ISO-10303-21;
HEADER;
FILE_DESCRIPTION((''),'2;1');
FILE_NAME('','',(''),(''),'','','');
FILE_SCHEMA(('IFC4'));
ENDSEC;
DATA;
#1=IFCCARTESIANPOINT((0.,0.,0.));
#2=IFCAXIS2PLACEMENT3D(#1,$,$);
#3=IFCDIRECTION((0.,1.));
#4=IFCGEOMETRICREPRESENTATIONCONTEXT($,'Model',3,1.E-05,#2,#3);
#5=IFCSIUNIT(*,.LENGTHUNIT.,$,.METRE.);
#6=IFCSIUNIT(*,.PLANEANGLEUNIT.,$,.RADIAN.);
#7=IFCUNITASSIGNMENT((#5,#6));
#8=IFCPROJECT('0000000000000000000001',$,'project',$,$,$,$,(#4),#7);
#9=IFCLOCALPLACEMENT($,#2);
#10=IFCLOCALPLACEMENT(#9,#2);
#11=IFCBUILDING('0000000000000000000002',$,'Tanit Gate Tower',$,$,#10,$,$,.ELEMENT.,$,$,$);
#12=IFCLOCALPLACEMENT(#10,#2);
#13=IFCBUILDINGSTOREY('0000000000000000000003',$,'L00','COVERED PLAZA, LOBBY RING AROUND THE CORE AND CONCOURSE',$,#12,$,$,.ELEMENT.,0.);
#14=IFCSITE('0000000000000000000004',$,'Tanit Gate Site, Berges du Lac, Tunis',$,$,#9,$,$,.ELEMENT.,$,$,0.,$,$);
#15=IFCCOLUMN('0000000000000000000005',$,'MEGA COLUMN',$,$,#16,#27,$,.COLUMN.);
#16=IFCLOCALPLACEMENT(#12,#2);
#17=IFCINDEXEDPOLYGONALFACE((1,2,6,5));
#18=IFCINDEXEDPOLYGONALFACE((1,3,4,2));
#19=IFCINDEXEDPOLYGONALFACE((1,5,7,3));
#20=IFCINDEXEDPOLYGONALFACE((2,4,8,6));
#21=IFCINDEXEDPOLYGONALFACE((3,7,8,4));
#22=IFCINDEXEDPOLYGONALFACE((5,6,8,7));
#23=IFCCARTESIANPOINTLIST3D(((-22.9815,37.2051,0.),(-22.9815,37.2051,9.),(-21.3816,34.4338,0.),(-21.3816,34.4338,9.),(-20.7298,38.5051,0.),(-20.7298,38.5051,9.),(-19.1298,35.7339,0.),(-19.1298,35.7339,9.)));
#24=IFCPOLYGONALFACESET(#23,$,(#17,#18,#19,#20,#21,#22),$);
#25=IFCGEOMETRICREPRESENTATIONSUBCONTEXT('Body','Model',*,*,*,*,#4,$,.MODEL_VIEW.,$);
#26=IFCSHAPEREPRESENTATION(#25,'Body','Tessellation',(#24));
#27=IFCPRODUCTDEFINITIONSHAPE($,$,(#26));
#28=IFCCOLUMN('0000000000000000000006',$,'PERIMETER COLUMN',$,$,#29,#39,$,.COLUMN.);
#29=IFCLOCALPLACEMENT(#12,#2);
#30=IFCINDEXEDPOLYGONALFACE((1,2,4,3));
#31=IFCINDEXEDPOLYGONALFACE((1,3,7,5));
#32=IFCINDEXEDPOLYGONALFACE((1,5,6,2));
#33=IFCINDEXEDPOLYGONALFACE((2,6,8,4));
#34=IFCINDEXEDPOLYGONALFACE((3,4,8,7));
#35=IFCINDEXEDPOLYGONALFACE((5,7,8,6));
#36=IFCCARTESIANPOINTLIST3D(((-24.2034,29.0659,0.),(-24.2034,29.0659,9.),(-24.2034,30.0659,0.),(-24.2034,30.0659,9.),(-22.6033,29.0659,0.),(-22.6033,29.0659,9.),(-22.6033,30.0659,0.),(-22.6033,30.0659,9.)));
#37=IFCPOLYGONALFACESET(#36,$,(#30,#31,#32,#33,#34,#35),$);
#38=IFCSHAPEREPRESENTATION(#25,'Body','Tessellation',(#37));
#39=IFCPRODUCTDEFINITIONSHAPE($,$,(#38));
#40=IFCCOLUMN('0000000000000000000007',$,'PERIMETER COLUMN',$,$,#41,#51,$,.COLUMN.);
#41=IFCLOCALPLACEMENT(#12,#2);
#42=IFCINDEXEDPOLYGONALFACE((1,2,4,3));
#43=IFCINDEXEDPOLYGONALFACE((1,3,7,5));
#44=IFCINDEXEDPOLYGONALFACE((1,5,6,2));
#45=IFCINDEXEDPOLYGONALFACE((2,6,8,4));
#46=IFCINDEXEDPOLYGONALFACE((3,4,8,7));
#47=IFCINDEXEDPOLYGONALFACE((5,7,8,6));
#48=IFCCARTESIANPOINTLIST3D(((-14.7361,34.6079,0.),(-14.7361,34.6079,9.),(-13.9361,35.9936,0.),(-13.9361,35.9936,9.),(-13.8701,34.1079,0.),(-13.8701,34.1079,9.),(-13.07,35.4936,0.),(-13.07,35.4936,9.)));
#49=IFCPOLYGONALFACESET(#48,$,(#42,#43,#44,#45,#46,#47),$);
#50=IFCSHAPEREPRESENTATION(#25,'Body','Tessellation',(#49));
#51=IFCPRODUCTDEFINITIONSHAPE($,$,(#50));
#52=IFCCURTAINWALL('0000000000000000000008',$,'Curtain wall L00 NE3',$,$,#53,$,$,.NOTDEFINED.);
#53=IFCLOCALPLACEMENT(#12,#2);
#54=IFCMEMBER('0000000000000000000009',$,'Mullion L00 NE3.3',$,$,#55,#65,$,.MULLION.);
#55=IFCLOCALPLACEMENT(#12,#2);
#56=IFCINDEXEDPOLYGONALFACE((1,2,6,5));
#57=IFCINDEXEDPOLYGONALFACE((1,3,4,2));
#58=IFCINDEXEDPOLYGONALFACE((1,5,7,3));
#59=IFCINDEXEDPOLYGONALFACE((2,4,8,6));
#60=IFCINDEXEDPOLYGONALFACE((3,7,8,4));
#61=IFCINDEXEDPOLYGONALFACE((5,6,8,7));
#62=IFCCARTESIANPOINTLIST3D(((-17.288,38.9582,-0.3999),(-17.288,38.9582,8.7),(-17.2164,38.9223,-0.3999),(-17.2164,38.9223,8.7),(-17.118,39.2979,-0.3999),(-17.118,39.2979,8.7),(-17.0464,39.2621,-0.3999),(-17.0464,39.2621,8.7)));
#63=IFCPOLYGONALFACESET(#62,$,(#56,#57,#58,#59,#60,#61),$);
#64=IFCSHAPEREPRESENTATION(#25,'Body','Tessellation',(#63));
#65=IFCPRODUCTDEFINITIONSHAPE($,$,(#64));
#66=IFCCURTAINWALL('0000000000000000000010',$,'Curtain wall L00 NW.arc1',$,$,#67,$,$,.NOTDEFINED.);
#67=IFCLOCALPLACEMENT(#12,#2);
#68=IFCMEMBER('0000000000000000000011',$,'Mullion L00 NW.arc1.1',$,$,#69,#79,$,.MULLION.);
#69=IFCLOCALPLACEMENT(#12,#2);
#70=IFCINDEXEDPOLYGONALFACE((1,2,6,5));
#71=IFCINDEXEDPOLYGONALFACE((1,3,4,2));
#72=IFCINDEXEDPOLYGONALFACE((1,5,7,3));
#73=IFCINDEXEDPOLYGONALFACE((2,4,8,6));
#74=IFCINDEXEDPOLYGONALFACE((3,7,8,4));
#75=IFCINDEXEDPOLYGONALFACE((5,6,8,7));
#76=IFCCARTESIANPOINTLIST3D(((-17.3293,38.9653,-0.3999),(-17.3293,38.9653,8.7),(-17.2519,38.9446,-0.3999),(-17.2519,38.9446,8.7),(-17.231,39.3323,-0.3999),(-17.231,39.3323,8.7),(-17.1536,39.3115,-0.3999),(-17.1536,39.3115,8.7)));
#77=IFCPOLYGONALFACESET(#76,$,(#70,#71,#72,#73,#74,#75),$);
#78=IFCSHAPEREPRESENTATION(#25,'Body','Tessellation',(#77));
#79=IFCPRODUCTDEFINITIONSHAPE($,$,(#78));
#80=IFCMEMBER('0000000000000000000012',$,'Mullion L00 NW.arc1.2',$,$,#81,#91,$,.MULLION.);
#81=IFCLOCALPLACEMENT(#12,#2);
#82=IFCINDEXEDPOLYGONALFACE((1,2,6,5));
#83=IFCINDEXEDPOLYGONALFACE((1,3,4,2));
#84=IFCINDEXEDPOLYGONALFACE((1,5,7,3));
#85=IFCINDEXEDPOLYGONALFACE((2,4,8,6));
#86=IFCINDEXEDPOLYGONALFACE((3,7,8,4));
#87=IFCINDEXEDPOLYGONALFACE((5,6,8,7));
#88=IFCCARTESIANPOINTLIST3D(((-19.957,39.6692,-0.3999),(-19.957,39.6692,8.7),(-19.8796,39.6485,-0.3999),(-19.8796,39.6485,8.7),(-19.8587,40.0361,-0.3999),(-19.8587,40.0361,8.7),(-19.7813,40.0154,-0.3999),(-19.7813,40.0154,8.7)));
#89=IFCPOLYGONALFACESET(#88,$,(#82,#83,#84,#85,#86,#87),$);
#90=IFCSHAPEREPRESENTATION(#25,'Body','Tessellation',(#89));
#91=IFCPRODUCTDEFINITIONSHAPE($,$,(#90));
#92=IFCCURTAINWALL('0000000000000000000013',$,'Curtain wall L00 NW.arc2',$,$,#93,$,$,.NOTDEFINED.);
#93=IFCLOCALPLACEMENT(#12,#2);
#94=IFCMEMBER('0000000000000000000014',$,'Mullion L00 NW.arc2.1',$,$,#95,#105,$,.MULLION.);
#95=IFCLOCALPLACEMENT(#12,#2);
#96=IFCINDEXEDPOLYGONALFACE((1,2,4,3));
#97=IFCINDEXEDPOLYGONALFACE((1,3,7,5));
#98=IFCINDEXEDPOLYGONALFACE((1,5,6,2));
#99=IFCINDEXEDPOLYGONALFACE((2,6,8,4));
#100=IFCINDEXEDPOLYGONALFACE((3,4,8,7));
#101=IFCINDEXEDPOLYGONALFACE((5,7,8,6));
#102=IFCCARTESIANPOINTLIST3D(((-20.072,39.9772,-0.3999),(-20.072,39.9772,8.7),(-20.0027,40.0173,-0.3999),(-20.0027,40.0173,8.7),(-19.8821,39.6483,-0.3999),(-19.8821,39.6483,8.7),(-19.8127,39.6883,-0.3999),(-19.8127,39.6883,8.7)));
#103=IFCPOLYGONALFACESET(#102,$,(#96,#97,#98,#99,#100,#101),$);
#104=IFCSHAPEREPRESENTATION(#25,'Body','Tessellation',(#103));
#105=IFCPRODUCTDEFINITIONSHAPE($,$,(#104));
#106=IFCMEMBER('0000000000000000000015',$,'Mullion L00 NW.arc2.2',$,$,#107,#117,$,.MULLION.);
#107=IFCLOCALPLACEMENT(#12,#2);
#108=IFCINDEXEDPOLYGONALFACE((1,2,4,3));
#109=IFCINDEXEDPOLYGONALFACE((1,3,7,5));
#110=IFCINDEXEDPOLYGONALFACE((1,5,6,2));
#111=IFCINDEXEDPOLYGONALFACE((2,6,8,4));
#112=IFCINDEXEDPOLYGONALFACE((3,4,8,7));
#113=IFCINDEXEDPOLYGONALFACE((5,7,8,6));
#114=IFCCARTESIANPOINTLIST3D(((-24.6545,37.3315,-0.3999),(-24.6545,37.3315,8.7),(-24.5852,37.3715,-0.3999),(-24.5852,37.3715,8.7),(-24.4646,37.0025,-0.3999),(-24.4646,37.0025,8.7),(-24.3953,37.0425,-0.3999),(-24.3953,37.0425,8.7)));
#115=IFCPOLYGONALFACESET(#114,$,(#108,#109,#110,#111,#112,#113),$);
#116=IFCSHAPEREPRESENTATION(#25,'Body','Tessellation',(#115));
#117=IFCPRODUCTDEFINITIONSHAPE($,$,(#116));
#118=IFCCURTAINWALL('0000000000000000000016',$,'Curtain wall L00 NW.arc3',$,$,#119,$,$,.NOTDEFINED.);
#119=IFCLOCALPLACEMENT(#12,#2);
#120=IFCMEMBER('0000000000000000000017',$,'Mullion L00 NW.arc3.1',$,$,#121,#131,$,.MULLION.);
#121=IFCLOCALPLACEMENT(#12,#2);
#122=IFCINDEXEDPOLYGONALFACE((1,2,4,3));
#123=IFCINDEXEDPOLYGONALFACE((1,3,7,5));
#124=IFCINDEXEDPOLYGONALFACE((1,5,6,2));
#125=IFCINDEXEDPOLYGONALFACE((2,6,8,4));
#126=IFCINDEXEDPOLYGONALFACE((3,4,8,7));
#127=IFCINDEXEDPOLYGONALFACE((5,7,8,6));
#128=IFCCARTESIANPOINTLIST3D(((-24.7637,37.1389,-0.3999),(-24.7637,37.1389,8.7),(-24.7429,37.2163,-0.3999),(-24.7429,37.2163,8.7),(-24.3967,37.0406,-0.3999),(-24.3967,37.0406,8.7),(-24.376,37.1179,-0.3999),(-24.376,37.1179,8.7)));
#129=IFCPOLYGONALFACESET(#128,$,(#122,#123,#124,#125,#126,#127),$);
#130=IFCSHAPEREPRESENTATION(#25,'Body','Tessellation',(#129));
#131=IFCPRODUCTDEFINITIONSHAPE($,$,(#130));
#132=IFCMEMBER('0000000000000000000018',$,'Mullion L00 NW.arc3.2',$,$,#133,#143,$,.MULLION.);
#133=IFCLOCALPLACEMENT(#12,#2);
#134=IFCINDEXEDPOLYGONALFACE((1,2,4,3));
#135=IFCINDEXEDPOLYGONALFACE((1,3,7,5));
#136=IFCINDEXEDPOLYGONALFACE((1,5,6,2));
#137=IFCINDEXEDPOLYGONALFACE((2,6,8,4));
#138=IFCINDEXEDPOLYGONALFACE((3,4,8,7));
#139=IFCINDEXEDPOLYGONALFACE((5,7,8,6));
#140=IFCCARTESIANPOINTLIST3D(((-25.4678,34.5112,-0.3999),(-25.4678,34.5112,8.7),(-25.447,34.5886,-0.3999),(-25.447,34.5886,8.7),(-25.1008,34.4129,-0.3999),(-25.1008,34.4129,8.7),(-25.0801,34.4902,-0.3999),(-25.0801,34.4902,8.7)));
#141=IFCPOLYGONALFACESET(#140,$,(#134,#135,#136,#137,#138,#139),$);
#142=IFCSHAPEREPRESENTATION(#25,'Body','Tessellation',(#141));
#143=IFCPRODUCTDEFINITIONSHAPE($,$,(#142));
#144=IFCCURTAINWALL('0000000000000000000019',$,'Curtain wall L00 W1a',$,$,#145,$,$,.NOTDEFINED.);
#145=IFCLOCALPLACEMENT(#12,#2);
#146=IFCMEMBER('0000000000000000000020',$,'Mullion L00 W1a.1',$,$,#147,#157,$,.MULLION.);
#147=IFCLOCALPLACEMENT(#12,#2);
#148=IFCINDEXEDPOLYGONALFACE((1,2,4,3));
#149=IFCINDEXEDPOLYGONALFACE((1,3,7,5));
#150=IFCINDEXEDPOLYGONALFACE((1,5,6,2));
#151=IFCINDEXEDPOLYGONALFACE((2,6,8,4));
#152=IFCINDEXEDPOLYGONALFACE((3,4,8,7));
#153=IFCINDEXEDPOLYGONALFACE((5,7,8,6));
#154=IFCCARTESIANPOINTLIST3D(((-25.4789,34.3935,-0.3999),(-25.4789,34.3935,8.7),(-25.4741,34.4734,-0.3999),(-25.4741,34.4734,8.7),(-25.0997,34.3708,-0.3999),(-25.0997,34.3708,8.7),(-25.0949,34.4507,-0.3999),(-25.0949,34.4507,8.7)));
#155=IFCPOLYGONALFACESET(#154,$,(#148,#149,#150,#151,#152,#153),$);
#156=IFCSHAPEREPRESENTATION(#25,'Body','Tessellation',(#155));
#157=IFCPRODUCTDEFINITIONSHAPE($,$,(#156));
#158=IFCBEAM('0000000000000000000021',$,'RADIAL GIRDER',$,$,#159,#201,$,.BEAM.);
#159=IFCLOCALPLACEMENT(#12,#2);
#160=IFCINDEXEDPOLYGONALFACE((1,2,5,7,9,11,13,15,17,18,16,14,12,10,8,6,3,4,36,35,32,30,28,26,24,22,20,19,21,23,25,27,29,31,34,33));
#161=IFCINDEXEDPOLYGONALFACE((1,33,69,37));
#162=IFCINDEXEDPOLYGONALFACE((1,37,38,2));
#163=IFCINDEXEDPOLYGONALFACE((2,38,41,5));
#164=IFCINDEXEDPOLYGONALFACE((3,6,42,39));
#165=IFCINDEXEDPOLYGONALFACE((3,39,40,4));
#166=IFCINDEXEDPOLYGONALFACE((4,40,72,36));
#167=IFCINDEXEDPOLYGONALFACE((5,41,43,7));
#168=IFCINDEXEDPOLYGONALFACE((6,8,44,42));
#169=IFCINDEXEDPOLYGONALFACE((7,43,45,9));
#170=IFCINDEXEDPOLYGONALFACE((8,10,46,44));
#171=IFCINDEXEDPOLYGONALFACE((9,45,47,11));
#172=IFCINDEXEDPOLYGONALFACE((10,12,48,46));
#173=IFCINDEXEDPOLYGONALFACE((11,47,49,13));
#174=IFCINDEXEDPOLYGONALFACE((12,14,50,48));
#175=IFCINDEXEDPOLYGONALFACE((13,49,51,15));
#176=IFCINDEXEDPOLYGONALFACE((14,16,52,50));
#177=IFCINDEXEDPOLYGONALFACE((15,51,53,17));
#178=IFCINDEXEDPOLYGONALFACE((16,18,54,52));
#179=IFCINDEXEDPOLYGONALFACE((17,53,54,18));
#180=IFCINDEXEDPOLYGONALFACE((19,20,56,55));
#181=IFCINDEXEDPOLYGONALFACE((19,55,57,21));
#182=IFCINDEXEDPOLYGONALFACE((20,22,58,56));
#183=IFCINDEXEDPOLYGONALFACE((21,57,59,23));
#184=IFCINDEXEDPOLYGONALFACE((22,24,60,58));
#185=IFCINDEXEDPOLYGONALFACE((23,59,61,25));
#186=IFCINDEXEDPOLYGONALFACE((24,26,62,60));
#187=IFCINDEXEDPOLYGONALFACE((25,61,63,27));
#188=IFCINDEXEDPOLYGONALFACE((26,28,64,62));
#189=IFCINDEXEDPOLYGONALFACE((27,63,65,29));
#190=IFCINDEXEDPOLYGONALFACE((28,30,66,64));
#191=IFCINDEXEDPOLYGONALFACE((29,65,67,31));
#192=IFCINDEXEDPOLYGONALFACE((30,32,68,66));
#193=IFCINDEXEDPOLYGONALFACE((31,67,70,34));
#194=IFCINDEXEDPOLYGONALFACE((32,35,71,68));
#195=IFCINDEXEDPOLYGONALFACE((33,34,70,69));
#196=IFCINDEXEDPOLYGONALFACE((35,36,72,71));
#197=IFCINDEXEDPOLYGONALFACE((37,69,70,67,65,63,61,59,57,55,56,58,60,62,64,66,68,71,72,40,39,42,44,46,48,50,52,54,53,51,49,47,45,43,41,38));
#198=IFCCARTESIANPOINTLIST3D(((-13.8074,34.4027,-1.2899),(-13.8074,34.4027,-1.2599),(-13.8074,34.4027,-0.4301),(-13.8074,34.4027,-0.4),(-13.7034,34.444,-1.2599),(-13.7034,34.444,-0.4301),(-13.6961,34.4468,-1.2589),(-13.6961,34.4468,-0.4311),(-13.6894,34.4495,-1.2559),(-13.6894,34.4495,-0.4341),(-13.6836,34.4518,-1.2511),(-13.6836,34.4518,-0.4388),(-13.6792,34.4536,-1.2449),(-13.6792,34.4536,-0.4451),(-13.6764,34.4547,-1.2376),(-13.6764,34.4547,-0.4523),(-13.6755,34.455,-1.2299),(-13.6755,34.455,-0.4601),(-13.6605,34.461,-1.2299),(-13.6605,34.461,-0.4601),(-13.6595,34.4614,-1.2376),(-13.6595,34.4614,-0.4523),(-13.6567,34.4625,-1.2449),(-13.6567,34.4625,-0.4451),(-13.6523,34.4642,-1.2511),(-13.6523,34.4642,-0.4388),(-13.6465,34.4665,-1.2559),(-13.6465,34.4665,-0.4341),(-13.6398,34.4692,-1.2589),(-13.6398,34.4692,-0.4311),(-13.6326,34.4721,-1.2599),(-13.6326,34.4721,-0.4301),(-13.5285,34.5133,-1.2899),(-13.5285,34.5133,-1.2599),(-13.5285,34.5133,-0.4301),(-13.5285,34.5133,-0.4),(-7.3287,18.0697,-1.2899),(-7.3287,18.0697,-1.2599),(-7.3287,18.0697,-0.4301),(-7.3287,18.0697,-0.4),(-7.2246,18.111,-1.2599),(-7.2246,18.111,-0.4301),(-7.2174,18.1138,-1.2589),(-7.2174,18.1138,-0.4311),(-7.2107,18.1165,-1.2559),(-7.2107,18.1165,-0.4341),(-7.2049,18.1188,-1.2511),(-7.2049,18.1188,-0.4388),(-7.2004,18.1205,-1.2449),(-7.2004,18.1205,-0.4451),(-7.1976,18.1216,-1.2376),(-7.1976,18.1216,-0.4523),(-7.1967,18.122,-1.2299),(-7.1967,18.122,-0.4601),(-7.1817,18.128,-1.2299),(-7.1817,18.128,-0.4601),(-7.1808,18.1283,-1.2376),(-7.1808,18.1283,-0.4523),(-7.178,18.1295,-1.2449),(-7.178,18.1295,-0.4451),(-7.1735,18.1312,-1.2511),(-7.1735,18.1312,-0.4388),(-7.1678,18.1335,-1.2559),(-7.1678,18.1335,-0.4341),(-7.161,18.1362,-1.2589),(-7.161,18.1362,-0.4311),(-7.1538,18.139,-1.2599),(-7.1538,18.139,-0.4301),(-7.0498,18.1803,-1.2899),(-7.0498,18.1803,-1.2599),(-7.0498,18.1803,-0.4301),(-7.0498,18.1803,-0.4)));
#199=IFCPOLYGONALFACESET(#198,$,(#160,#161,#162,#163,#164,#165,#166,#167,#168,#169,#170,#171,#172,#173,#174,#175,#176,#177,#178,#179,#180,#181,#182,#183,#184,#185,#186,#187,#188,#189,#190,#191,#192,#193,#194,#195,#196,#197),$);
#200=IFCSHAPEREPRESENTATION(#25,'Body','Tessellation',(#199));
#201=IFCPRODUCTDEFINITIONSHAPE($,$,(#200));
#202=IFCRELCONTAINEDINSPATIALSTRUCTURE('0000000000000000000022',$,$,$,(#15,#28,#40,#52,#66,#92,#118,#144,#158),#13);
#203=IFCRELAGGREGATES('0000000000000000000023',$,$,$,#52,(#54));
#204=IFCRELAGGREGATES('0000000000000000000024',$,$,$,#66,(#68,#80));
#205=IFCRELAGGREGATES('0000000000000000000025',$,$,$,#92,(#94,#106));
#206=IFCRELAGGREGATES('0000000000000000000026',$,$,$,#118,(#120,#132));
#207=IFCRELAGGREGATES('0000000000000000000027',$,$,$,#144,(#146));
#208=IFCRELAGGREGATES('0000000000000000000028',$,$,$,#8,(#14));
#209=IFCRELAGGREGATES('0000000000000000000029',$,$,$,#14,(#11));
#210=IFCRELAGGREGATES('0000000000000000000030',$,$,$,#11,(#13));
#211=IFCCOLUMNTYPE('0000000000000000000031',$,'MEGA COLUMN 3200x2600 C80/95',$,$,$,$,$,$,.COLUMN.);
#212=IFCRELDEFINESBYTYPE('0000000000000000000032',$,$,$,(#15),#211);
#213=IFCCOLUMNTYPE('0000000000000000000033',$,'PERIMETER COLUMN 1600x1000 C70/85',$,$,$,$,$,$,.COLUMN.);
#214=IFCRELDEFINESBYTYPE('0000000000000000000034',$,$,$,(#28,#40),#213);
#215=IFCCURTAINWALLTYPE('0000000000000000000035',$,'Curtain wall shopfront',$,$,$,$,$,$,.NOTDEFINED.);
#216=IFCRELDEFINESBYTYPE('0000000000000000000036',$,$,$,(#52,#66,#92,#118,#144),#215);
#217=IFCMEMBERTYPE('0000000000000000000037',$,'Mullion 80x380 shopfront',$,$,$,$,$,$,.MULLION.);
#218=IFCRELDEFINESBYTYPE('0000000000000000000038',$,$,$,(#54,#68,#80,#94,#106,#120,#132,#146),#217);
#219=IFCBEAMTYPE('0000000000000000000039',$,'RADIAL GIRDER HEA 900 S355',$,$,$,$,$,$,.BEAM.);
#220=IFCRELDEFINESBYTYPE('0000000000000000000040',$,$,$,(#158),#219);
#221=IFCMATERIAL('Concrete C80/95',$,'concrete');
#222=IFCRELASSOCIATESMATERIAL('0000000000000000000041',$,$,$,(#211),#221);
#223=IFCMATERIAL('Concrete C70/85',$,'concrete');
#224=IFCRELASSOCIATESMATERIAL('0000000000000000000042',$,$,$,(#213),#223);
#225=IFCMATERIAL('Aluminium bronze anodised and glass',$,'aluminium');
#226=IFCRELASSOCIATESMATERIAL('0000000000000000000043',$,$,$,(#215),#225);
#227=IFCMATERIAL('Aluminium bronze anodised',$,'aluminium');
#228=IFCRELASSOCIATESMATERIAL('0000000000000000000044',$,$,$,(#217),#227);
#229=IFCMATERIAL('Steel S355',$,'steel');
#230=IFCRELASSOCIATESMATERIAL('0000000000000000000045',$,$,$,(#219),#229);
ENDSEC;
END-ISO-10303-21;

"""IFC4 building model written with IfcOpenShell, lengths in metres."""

from ifc_helpers import new_model, si_unit, direction, frame, origin, origin_2d, place, context, subcontext, project, spatial, rectangle, i_section, extrude, material, material_profile, profile_set, type_object, element, aggregate, save


model = new_model("IFC4")

# Units and contexts
model_context = context("Model", 3, precision=1e-05, world=origin(), true_north=direction((0.0, 1.0)))
body_context = subcontext(model_context, "Body", "Model", "MODEL_VIEW")
ifc_project = project(units=[si_unit("LENGTHUNIT", "METRE"), si_unit("PLANEANGLEUNIT", "RADIAN")], contexts=[model_context])

# Site, building, storey
site_placement = place(None, origin())
site = spatial("IfcSite", under=ifc_project, at=site_placement, Name="Tanit Gate Site, Berges du Lac, Tunis", CompositionType="ELEMENT", RefElevation=0.0)
building_placement = place(site_placement, origin())
building = spatial("IfcBuilding", under=site, at=building_placement, Name="Tanit Gate Tower", CompositionType="ELEMENT")
storey_placement = place(building_placement, origin())
storey = spatial("IfcBuildingStorey", under=building, at=storey_placement, Name="L00", Description="COVERED PLAZA, LOBBY RING AROUND THE CORE AND CONCOURSE", CompositionType="ELEMENT", Elevation=0.0)

# Columns
ifc_material_1 = material(Name="Concrete C80/95", Category="concrete")
ifc_material_profile_1 = material_profile(ifc_material_1, rectangle(XDim=3.2, YDim=2.6001, at=origin_2d()), Name="RC 3200x2600")
ifc_profile_set_1 = profile_set([ifc_material_profile_1], Name="Concrete C80/95")
column_type_1 = type_object("IfcColumnType", Name="MEGA COLUMN 3200x2600 C80/95", PredefinedType="COLUMN", material=ifc_profile_set_1)
column_placement = place(storey_placement, frame((-21.0557, 36.4695, 0.0), z_axis=(0.0, 0.0, 1.0), x_axis=(-0.5, 0.866025, 0.0)))
element("IfcColumn", 1, at=column_placement, inside=storey, type_object=column_type_1, Name="MEGA COLUMN", PredefinedType="COLUMN", context=body_context, shape_type="SweptSolid", body=[
    extrude(rectangle(XDim=3.2, YDim=2.6001, at=origin_2d()), origin(), (0.0, 0.0, 1.0), 9.0),
])
ifc_material_2 = material(Name="Concrete C70/85", Category="concrete")
ifc_material_profile_2 = material_profile(ifc_material_2, rectangle(XDim=1.6001, YDim=1.0, at=origin_2d()), Name="RC 1600x1000")
ifc_profile_set_2 = profile_set([ifc_material_profile_2], Name="Concrete C70/85")
column_type_2 = type_object("IfcColumnType", Name="PERIMETER COLUMN 1600x1000 C70/85", PredefinedType="COLUMN", material=ifc_profile_set_2)
for number, where, z_axis, x_axis, name in (
    (2, (-23.4033, 29.5659, 0.0), (0.0, 0.0, 1.0), (-1.0, 0.0, 0.0), "PERIMETER COLUMN"),
    (3, (-13.9031, 35.0508, 0.0), (0.0, 0.0, 1.0), (0.5, 0.866025, 0.0), "PERIMETER COLUMN"),
):
    element("IfcColumn", number, at=place(storey_placement, frame(where, z_axis=z_axis, x_axis=x_axis)), inside=storey, type_object=column_type_2, Name=name, PredefinedType="COLUMN", context=body_context, shape_type="SweptSolid", body=[
        extrude(rectangle(XDim=1.6001, YDim=1.0, at=origin_2d()), origin(), (0.0, 0.0, 1.0), 9.0),
    ])

# Curtain wall, member
ifc_material_3 = material(Name="Aluminium bronze anodised and glass", Category="aluminium")
curtain_wall_type = type_object("IfcCurtainWallType", Name="Curtain wall shopfront", PredefinedType="NOTDEFINED", material=ifc_material_3)
curtain_wall_1_placement = place(storey_placement, origin())
curtain_wall_1 = element("IfcCurtainWall", 4, at=curtain_wall_1_placement, inside=storey, type_object=curtain_wall_type, Name="Curtain wall L00 NE3", PredefinedType="NOTDEFINED")
ifc_material_4 = material(Name="Aluminium bronze anodised", Category="aluminium")
ifc_material_profile_3 = material_profile(ifc_material_4, rectangle(XDim=0.3799, YDim=0.0801, at=origin_2d()), Name="80x380 bronze mullion")
ifc_profile_set_3 = profile_set([ifc_material_profile_3], Name="Aluminium bronze anodised")
member_type_1 = type_object("IfcMemberType", Name="Mullion 80x380 shopfront", PredefinedType="MULLION", material=ifc_profile_set_3)
member_1_placement = place(storey_placement, frame((-17.1672, 39.1101, -0.3999), z_axis=(0.0, 0.0, 1.0), x_axis=(-0.447492, -0.894288, 0.0)))
member_1 = element("IfcMember", 5, at=member_1_placement, type_object=member_type_1, Name="Mullion L00 NE3.3", PredefinedType="MULLION", context=body_context, shape_type="SweptSolid", body=[
    extrude(rectangle(XDim=0.3799, YDim=0.0801, at=origin_2d()), origin(), (0.0, 0.0, 1.0), 9.0999),
])

# Curtain walls, members
curtain_wall_2_placement = place(storey_placement, origin())
curtain_wall_2 = element("IfcCurtainWall", 6, at=curtain_wall_2_placement, inside=storey, type_object=curtain_wall_type, Name="Curtain wall L00 NW.arc1", PredefinedType="NOTDEFINED")
member_2_placement = place(storey_placement, frame((-17.2415, 39.1384, -0.3999), z_axis=(0.0, 0.0, 1.0), x_axis=(-0.258819, -0.965926, 0.0)))
member_2 = element("IfcMember", 7, at=member_2_placement, type_object=member_type_1, Name="Mullion L00 NW.arc1.1", PredefinedType="MULLION", context=body_context, shape_type="SweptSolid", body=[
    extrude(rectangle(XDim=0.3799, YDim=0.0801, at=origin_2d()), origin(), (0.0, 0.0, 1.0), 9.0999),
])
member_3_placement = place(storey_placement, frame((-19.8691, 39.8423, -0.3999), z_axis=(0.0, 0.0, 1.0), x_axis=(-0.258819, -0.965926, 0.0)))
member_3 = element("IfcMember", 8, at=member_3_placement, type_object=member_type_1, Name="Mullion L00 NW.arc1.2", PredefinedType="MULLION", context=body_context, shape_type="SweptSolid", body=[
    extrude(rectangle(XDim=0.3799, YDim=0.0801, at=origin_2d()), origin(), (0.0, 0.0, 1.0), 9.0999),
])
curtain_wall_3_placement = place(storey_placement, origin())
curtain_wall_3 = element("IfcCurtainWall", 9, at=curtain_wall_3_placement, inside=storey, type_object=curtain_wall_type, Name="Curtain wall L00 NW.arc2", PredefinedType="NOTDEFINED")
member_4_placement = place(storey_placement, frame((-19.9424, 39.8328, -0.3999), z_axis=(0.0, 0.0, 1.0), x_axis=(0.5, -0.866025, 0.0)))
member_4 = element("IfcMember", 10, at=member_4_placement, type_object=member_type_1, Name="Mullion L00 NW.arc2.1", PredefinedType="MULLION", context=body_context, shape_type="SweptSolid", body=[
    extrude(rectangle(XDim=0.3799, YDim=0.0801, at=origin_2d()), origin(), (0.0, 0.0, 1.0), 9.0999),
])
member_5_placement = place(storey_placement, frame((-24.5249, 37.187, -0.3999), z_axis=(0.0, 0.0, 1.0), x_axis=(0.5, -0.866025, 0.0)))
member_5 = element("IfcMember", 11, at=member_5_placement, type_object=member_type_1, Name="Mullion L00 NW.arc2.2", PredefinedType="MULLION", context=body_context, shape_type="SweptSolid", body=[
    extrude(rectangle(XDim=0.3799, YDim=0.0801, at=origin_2d()), origin(), (0.0, 0.0, 1.0), 9.0999),
])
curtain_wall_4_placement = place(storey_placement, origin())
curtain_wall_4 = element("IfcCurtainWall", 12, at=curtain_wall_4_placement, inside=storey, type_object=curtain_wall_type, Name="Curtain wall L00 NW.arc3", PredefinedType="NOTDEFINED")
member_6_placement = place(storey_placement, frame((-24.5698, 37.1284, -0.3999), z_axis=(0.0, 0.0, 1.0), x_axis=(0.965926, -0.258819, 0.0)))
member_6 = element("IfcMember", 13, at=member_6_placement, type_object=member_type_1, Name="Mullion L00 NW.arc3.1", PredefinedType="MULLION", context=body_context, shape_type="SweptSolid", body=[
    extrude(rectangle(XDim=0.3799, YDim=0.0801, at=origin_2d()), origin(), (0.0, 0.0, 1.0), 9.0999),
])
member_7_placement = place(storey_placement, frame((-25.2739, 34.5007, -0.3999), z_axis=(0.0, 0.0, 1.0), x_axis=(0.965926, -0.258819, 0.0)))
member_7 = element("IfcMember", 14, at=member_7_placement, type_object=member_type_1, Name="Mullion L00 NW.arc3.2", PredefinedType="MULLION", context=body_context, shape_type="SweptSolid", body=[
    extrude(rectangle(XDim=0.3799, YDim=0.0801, at=origin_2d()), origin(), (0.0, 0.0, 1.0), 9.0999),
])

# Curtain wall, member
curtain_wall_5_placement = place(storey_placement, origin())
curtain_wall_5 = element("IfcCurtainWall", 15, at=curtain_wall_5_placement, inside=storey, type_object=curtain_wall_type, Name="Curtain wall L00 W1a", PredefinedType="NOTDEFINED")
member_8_placement = place(storey_placement, frame((-25.2869, 34.4221, -0.3999), z_axis=(0.0, 0.0, 1.0), x_axis=(0.99821, -0.059812, 0.0)))
member_8 = element("IfcMember", 16, at=member_8_placement, type_object=member_type_1, Name="Mullion L00 W1a.1", PredefinedType="MULLION", context=body_context, shape_type="SweptSolid", body=[
    extrude(rectangle(XDim=0.3799, YDim=0.0801, at=origin_2d()), origin(), (0.0, 0.0, 1.0), 9.0999),
])

# Beam
ifc_material_5 = material(Name="Steel S355", Category="steel")
ifc_material_profile_4 = material_profile(ifc_material_5, i_section(OverallWidth=0.3, OverallDepth=0.8899, WebThickness=0.0161, FlangeThickness=0.03, FilletRadius=0.03, at=origin_2d()), Name="HEA 900")
ifc_profile_set_4 = profile_set([ifc_material_profile_4], Name="Steel S355")
beam_type_1 = type_object("IfcBeamType", Name="RADIAL GIRDER HEA 900 S355", PredefinedType="BEAM", material=ifc_profile_set_4)
beam_1_placement = place(storey_placement, frame((-13.668, 34.458, -0.845), z_axis=(0.368718, -0.929541, 0.0), x_axis=(0.929541, 0.368718, 0.0)))
element("IfcBeam", 17, at=beam_1_placement, inside=storey, type_object=beam_type_1, Name="RADIAL GIRDER", PredefinedType="BEAM", context=body_context, shape_type="SweptSolid", body=[
    extrude(i_section(OverallWidth=0.3, OverallDepth=0.8899, WebThickness=0.0161, FlangeThickness=0.03, FilletRadius=0.03, at=origin_2d()), origin(), (0.0, 0.0, 1.0), 17.571),
])

aggregate(curtain_wall_1, [member_1])
aggregate(curtain_wall_2, [member_2, member_3])
aggregate(curtain_wall_3, [member_4, member_5])
aggregate(curtain_wall_4, [member_6, member_7])
aggregate(curtain_wall_5, [member_8])

save(model, "model.ifc")
